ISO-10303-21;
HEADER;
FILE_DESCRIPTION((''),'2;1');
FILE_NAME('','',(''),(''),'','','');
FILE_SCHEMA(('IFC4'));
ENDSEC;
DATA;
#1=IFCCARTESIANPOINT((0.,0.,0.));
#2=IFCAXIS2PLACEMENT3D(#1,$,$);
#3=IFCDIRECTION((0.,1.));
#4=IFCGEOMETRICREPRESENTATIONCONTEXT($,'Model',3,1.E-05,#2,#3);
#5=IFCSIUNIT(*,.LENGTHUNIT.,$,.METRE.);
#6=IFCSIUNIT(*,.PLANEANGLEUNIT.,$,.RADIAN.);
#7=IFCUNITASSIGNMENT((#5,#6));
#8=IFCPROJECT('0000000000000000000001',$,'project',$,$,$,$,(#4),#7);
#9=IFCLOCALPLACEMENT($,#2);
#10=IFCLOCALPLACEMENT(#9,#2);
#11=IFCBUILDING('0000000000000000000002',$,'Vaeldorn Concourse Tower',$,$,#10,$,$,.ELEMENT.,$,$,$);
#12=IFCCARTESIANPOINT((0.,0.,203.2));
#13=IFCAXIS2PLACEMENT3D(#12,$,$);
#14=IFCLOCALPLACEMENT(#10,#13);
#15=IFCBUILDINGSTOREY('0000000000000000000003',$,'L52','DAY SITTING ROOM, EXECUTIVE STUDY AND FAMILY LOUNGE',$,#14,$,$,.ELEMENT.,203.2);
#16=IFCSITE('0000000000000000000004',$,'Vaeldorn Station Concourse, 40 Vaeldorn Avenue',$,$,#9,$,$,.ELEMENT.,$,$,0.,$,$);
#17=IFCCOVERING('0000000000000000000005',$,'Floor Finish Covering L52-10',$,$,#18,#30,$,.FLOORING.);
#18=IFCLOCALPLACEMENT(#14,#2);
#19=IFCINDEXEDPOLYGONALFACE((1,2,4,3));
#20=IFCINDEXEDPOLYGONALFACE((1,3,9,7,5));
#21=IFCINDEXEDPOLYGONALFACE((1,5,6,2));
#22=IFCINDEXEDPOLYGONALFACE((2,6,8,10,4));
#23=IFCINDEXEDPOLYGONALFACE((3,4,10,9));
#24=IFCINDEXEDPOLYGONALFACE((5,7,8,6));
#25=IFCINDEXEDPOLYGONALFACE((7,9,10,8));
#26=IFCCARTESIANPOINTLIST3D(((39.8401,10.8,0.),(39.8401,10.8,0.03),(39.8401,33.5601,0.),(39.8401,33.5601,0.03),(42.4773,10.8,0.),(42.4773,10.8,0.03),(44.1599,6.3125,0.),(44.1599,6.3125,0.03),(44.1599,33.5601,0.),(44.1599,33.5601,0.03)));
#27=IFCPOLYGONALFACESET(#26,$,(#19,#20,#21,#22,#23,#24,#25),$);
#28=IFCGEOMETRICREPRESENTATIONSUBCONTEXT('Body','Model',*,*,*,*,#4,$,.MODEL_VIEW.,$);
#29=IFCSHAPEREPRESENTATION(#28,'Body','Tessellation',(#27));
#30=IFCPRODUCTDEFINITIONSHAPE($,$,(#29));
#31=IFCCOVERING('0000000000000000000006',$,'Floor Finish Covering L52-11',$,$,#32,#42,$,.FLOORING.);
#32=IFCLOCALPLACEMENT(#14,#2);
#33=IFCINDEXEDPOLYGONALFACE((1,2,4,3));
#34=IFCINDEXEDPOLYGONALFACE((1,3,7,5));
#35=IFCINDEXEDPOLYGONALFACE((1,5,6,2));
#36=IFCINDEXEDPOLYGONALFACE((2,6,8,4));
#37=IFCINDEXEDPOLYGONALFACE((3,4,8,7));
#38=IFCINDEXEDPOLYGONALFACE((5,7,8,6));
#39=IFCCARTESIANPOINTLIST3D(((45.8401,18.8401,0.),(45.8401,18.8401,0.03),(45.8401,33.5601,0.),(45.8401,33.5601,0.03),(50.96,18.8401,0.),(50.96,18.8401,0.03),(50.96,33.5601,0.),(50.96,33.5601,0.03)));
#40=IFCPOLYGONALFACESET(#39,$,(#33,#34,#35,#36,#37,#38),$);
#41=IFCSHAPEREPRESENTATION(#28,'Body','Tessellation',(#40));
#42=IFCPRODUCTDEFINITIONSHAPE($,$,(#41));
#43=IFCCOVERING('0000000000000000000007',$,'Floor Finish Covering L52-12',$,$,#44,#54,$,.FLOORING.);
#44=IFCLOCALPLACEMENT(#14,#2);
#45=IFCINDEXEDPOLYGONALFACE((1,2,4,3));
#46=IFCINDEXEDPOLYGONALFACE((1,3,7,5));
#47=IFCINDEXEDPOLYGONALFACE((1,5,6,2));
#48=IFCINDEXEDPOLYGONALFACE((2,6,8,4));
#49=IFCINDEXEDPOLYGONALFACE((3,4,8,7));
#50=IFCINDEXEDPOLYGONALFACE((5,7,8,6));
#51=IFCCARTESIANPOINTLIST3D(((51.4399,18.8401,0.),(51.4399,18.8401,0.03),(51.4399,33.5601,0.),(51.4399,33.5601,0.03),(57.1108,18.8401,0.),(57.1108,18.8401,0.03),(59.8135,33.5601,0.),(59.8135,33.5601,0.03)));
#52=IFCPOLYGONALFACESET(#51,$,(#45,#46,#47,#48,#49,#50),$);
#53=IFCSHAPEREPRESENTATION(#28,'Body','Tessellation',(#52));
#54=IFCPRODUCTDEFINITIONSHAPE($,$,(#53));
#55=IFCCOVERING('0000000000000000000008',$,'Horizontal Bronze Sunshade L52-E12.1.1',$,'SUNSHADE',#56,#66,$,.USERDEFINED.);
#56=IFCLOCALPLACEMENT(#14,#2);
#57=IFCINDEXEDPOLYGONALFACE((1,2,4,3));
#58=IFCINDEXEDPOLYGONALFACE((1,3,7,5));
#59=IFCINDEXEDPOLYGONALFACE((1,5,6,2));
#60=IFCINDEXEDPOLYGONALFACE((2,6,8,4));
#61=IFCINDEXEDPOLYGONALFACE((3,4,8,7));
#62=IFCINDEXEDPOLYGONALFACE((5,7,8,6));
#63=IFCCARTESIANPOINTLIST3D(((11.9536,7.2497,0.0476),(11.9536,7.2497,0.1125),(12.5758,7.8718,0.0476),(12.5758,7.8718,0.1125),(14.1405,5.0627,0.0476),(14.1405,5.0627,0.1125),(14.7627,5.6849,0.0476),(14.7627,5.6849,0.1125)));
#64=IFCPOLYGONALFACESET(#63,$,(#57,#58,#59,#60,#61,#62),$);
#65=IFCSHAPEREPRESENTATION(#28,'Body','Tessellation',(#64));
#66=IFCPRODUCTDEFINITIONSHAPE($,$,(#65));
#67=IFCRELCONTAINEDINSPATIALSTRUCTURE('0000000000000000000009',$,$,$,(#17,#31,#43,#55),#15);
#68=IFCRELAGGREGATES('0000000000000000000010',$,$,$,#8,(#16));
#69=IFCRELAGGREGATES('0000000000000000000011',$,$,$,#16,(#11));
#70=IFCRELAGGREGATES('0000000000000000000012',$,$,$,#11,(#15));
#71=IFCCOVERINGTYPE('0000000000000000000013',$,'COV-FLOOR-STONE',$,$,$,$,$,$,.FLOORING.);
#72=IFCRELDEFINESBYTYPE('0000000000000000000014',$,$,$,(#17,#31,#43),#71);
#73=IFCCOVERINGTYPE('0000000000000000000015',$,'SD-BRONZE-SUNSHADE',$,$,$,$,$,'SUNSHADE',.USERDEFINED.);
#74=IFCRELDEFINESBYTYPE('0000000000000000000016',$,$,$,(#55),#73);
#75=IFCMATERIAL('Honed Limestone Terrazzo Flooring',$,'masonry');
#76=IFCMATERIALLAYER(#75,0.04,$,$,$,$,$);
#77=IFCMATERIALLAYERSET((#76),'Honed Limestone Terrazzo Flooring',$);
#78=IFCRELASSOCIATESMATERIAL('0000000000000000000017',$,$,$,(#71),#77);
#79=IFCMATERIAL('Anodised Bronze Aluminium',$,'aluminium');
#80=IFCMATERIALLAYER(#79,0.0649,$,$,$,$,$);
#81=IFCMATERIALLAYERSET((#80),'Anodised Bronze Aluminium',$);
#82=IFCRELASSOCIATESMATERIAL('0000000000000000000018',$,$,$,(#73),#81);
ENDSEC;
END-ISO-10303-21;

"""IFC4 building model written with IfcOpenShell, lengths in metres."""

from ifc_helpers import new_model, si_unit, direction, frame, origin, origin_2d, place, context, subcontext, project, spatial, polyline, rectangle, outline, extrude, source, transform, mapped, material, layer, layer_set, type_object, element, save


model = new_model("IFC4")

# Units and contexts
model_context = context("Model", 3, precision=1e-05, world=origin(), true_north=direction((0.0, 1.0)))
body_context = subcontext(model_context, "Body", "Model", "MODEL_VIEW")
ifc_project = project(units=[si_unit("LENGTHUNIT", "METRE"), si_unit("PLANEANGLEUNIT", "RADIAN")], contexts=[model_context])

# Site, building, storey
site_placement = place(None, origin())
site = spatial("IfcSite", under=ifc_project, at=site_placement, Name="Vaeldorn Station Concourse, 40 Vaeldorn Avenue", CompositionType="ELEMENT", RefElevation=0.0)
building_placement = place(site_placement, origin())
building = spatial("IfcBuilding", under=site, at=building_placement, Name="Vaeldorn Concourse Tower", CompositionType="ELEMENT")
storey_placement = place(building_placement, frame((0.0, 0.0, 203.2)))
storey = spatial("IfcBuildingStorey", under=building, at=storey_placement, Name="L52", Description="DAY SITTING ROOM, EXECUTIVE STUDY AND FAMILY LOUNGE", CompositionType="ELEMENT", Elevation=203.2)

# Shared definitions
ifc_material_1 = material(Name="Anodised Bronze Aluminium", Category="aluminium")

# Coverings
ifc_material_2 = material(Name="Honed Limestone Terrazzo Flooring", Category="masonry")
ifc_layer_1 = layer(ifc_material_2, 0.04)
ifc_layer_set_1 = layer_set([ifc_layer_1], Name="Honed Limestone Terrazzo Flooring")
covering_type_1 = type_object("IfcCoveringType", Name="COV-FLOOR-STONE", PredefinedType="FLOORING", material=ifc_layer_set_1)
covering_1_placement = place(storey_placement, origin())
element("IfcCovering", 1, at=covering_1_placement, inside=storey, type_object=covering_type_1, Name="Floor Finish Covering L52-10", PredefinedType="FLOORING", context=body_context, shape_type="SweptSolid", body=[
    extrude(outline(polyline([(39.8401, 10.8), (39.8401, 33.5601), (44.1599, 33.5601), (44.1599, 6.3125), (42.4773, 10.8), (39.8401, 10.8)])), origin(), (0.0, 0.0, 1.0), 0.03),
])
covering_2_placement = place(storey_placement, origin())
element("IfcCovering", 2, at=covering_2_placement, inside=storey, type_object=covering_type_1, Name="Floor Finish Covering L52-11", PredefinedType="FLOORING", context=body_context, shape_type="SweptSolid", body=[
    extrude(outline(polyline([(45.8401, 33.5601), (50.96, 33.5601), (50.96, 18.8401), (45.8401, 18.8401), (45.8401, 33.5601)])), origin(), (0.0, 0.0, 1.0), 0.03),
])
covering_3_placement = place(storey_placement, origin())
element("IfcCovering", 3, at=covering_3_placement, inside=storey, type_object=covering_type_1, Name="Floor Finish Covering L52-12", PredefinedType="FLOORING", context=body_context, shape_type="SweptSolid", body=[
    extrude(outline(polyline([(51.4399, 18.8401), (51.4399, 33.5601), (59.8135, 33.5601), (57.1108, 18.8401), (51.4399, 18.8401)])), origin(), (0.0, 0.0, 1.0), 0.03),
])
ifc_layer_2 = layer(ifc_material_1, 0.0649)
ifc_layer_set_2 = layer_set([ifc_layer_2], Name="Anodised Bronze Aluminium")
covering_type_2 = type_object("IfcCoveringType", Name="SD-BRONZE-SUNSHADE", ElementType="SUNSHADE", PredefinedType="USERDEFINED", material=ifc_layer_set_2)
shared_shape_1 = source(origin(), body_context, "Body", "SweptSolid", [
    extrude(rectangle(XDim=3.0928, YDim=0.8799, at=origin_2d()), origin(), (0.0, 0.0, 1.0), 0.0649),
])
covering_4_placement = place(storey_placement, frame((13.3582, 6.4673, 0.0476), z_axis=(0.0, 0.0, 1.0), x_axis=(0.707107, -0.707107, 0.0)))
element("IfcCovering", 4, at=covering_4_placement, inside=storey, type_object=covering_type_2, Name="Horizontal Bronze Sunshade L52-E12.1.1", ObjectType="SUNSHADE", PredefinedType="USERDEFINED", context=body_context, shape_type="MappedRepresentation", body=[
    mapped(shared_shape_1, transform((0.0, 0.0, 0.0), scale=1.0)),
])

save(model, "model.ifc")
